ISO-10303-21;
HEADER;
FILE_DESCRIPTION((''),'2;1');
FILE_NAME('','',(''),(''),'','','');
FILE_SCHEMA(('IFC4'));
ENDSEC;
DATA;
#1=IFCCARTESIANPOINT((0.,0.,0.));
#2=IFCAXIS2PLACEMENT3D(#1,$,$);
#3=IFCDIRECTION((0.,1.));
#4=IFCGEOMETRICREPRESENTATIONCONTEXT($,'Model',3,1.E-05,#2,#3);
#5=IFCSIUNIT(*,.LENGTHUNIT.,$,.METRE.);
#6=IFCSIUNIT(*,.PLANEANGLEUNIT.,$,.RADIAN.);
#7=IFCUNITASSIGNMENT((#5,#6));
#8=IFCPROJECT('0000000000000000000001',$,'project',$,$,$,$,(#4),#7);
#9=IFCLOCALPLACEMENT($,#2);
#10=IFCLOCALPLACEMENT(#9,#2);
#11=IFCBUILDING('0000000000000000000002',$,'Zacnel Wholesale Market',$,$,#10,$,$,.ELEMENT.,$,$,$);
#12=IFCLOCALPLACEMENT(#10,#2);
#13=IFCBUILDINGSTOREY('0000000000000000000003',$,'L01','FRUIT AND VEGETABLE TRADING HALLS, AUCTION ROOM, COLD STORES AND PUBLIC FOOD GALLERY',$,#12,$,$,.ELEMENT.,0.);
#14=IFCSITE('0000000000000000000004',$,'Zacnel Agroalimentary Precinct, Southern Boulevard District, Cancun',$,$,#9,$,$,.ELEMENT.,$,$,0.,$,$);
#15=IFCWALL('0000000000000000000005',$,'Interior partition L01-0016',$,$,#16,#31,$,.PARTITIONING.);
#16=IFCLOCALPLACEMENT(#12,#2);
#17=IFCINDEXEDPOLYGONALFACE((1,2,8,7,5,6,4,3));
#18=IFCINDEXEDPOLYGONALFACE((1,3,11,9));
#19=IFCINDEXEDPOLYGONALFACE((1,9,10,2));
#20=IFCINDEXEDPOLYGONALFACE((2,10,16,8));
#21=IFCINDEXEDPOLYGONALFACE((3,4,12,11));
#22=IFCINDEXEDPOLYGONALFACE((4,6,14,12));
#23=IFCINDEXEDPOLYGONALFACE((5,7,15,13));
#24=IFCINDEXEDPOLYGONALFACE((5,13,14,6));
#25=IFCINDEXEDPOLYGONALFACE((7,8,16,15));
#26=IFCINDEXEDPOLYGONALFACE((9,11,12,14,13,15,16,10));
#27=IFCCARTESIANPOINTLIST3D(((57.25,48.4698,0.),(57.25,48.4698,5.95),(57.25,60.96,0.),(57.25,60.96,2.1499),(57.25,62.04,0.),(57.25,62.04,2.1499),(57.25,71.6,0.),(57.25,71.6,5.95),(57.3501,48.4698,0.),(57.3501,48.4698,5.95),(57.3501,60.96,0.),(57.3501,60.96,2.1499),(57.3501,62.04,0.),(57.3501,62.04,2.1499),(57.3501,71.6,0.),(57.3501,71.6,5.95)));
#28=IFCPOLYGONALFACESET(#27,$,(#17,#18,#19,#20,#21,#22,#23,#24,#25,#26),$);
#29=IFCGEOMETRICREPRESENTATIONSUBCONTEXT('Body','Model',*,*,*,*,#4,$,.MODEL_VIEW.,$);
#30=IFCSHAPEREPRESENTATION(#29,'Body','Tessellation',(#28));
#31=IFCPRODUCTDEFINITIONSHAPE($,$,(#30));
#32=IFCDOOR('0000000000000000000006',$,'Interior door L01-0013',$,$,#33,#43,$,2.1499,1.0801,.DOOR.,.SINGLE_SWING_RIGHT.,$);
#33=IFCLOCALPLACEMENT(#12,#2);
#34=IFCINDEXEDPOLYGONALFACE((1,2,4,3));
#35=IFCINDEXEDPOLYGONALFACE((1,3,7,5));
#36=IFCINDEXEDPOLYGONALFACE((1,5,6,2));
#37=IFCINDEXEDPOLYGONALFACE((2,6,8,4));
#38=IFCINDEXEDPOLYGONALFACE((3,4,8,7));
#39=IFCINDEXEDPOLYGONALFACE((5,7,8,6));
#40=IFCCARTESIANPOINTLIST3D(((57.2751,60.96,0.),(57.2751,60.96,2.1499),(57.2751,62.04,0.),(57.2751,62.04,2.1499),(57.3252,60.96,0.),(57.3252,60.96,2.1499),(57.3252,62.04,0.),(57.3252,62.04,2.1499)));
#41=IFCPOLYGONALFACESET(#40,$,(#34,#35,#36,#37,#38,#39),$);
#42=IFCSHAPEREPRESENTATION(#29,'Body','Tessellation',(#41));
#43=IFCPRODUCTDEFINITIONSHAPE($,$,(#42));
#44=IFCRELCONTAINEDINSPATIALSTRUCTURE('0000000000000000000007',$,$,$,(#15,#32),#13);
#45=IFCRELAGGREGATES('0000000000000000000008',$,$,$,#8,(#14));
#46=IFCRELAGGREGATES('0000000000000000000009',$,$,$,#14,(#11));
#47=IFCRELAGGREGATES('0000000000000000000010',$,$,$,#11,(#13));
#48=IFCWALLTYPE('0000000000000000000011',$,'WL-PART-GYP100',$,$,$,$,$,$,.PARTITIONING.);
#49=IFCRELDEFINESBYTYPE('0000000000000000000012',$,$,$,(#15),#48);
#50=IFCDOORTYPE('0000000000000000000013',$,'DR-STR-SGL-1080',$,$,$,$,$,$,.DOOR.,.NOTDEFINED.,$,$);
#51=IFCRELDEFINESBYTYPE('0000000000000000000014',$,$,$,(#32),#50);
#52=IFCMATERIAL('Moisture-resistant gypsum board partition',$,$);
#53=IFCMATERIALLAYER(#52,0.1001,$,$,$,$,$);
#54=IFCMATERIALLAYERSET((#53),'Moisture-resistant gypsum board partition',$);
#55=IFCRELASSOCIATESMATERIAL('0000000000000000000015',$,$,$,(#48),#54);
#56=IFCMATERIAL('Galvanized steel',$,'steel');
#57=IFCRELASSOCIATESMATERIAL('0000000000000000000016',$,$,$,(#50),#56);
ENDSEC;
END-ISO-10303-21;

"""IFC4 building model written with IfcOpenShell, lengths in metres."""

from ifc_helpers import new_model, si_unit, direction, frame, frame_2d, origin, place, context, subcontext, project, spatial, rectangle, extrude, material, layer, layer_set, type_object, element, fill, save


model = new_model("IFC4")

# Units and contexts
model_context = context("Model", 3, precision=1e-05, world=origin(), true_north=direction((0.0, 1.0)))
body_context = subcontext(model_context, "Body", "Model", "MODEL_VIEW")
ifc_project = project(units=[si_unit("LENGTHUNIT", "METRE"), si_unit("PLANEANGLEUNIT", "RADIAN")], contexts=[model_context])

# Site, building, storey
site_placement = place(None, origin())
site = spatial("IfcSite", under=ifc_project, at=site_placement, Name="Zacnel Agroalimentary Precinct, Southern Boulevard District, Cancun", CompositionType="ELEMENT", RefElevation=0.0)
building_placement = place(site_placement, origin())
building = spatial("IfcBuilding", under=site, at=building_placement, Name="Zacnel Wholesale Market", CompositionType="ELEMENT")
storey_placement = place(building_placement, origin())
storey = spatial("IfcBuildingStorey", under=building, at=storey_placement, Name="L01", Description="FRUIT AND VEGETABLE TRADING HALLS, AUCTION ROOM, COLD STORES AND PUBLIC FOOD GALLERY", CompositionType="ELEMENT", Elevation=0.0)

# Wall, opening, door
ifc_material_1 = material(Name="Moisture-resistant gypsum board partition")
ifc_layer_1 = layer(ifc_material_1, 0.1001)
ifc_layer_set_1 = layer_set([ifc_layer_1], Name="Moisture-resistant gypsum board partition")
wall_type_1 = type_object("IfcWallType", Name="WL-PART-GYP100", PredefinedType="PARTITIONING", material=ifc_layer_set_1)
wall_1_placement = place(storey_placement, frame((57.3, 48.47, 0.0), z_axis=(0.0, 0.0, 1.0), x_axis=(0.0, 1.0, 0.0)))
wall_1 = element("IfcWall", 1, at=wall_1_placement, inside=storey, type_object=wall_type_1, Name="Interior partition L01-0016", PredefinedType="PARTITIONING", context=body_context, shape_type="SweptSolid", body=[
    extrude(rectangle(XDim=23.1301, YDim=0.1001, at=frame_2d((11.5649, 0.0))), origin(), (0.0, 0.0, 1.0), 5.95),
])
opening_1_placement = place(wall_1_placement, frame((12.49, 0.0, 0.0)))
opening_1 = element("IfcOpeningElement", 2, at=opening_1_placement, cuts=wall_1, PredefinedType="OPENING", context=body_context, shape_type="SweptSolid", body=[
    extrude(rectangle(XDim=1.0801, YDim=2.1499, at=frame_2d((0.54, 1.075))), frame((0.0, 0.0601, 0.0), z_axis=(0.0, -1.0, 0.0), x_axis=(1.0, 0.0, 0.0)), (0.0, 0.0, 1.0), 0.1201),
])
ifc_material_2 = material(Name="Galvanized steel", Category="steel")
door_type_1 = type_object("IfcDoorType", Name="DR-STR-SGL-1080", OperationType="NOTDEFINED", PredefinedType="DOOR", material=ifc_material_2)
door_1_placement = place(opening_1_placement, origin())
door_1 = element("IfcDoor", 3, at=door_1_placement, inside=storey, type_object=door_type_1, Name="Interior door L01-0013", OperationType="SINGLE_SWING_RIGHT", OverallHeight=2.1499, OverallWidth=1.0801, PredefinedType="DOOR", context=body_context, shape_type="SweptSolid", body=[
    extrude(rectangle(XDim=1.0801, YDim=2.1499, at=frame_2d((0.54, 1.075))), frame((0.0, 0.0249, 0.0), z_axis=(0.0, -1.0, 0.0), x_axis=(1.0, 0.0, 0.0)), (0.0, 0.0, 1.0), 0.05),
])
fill(opening_1, door_1)

save(model, "model.ifc")
